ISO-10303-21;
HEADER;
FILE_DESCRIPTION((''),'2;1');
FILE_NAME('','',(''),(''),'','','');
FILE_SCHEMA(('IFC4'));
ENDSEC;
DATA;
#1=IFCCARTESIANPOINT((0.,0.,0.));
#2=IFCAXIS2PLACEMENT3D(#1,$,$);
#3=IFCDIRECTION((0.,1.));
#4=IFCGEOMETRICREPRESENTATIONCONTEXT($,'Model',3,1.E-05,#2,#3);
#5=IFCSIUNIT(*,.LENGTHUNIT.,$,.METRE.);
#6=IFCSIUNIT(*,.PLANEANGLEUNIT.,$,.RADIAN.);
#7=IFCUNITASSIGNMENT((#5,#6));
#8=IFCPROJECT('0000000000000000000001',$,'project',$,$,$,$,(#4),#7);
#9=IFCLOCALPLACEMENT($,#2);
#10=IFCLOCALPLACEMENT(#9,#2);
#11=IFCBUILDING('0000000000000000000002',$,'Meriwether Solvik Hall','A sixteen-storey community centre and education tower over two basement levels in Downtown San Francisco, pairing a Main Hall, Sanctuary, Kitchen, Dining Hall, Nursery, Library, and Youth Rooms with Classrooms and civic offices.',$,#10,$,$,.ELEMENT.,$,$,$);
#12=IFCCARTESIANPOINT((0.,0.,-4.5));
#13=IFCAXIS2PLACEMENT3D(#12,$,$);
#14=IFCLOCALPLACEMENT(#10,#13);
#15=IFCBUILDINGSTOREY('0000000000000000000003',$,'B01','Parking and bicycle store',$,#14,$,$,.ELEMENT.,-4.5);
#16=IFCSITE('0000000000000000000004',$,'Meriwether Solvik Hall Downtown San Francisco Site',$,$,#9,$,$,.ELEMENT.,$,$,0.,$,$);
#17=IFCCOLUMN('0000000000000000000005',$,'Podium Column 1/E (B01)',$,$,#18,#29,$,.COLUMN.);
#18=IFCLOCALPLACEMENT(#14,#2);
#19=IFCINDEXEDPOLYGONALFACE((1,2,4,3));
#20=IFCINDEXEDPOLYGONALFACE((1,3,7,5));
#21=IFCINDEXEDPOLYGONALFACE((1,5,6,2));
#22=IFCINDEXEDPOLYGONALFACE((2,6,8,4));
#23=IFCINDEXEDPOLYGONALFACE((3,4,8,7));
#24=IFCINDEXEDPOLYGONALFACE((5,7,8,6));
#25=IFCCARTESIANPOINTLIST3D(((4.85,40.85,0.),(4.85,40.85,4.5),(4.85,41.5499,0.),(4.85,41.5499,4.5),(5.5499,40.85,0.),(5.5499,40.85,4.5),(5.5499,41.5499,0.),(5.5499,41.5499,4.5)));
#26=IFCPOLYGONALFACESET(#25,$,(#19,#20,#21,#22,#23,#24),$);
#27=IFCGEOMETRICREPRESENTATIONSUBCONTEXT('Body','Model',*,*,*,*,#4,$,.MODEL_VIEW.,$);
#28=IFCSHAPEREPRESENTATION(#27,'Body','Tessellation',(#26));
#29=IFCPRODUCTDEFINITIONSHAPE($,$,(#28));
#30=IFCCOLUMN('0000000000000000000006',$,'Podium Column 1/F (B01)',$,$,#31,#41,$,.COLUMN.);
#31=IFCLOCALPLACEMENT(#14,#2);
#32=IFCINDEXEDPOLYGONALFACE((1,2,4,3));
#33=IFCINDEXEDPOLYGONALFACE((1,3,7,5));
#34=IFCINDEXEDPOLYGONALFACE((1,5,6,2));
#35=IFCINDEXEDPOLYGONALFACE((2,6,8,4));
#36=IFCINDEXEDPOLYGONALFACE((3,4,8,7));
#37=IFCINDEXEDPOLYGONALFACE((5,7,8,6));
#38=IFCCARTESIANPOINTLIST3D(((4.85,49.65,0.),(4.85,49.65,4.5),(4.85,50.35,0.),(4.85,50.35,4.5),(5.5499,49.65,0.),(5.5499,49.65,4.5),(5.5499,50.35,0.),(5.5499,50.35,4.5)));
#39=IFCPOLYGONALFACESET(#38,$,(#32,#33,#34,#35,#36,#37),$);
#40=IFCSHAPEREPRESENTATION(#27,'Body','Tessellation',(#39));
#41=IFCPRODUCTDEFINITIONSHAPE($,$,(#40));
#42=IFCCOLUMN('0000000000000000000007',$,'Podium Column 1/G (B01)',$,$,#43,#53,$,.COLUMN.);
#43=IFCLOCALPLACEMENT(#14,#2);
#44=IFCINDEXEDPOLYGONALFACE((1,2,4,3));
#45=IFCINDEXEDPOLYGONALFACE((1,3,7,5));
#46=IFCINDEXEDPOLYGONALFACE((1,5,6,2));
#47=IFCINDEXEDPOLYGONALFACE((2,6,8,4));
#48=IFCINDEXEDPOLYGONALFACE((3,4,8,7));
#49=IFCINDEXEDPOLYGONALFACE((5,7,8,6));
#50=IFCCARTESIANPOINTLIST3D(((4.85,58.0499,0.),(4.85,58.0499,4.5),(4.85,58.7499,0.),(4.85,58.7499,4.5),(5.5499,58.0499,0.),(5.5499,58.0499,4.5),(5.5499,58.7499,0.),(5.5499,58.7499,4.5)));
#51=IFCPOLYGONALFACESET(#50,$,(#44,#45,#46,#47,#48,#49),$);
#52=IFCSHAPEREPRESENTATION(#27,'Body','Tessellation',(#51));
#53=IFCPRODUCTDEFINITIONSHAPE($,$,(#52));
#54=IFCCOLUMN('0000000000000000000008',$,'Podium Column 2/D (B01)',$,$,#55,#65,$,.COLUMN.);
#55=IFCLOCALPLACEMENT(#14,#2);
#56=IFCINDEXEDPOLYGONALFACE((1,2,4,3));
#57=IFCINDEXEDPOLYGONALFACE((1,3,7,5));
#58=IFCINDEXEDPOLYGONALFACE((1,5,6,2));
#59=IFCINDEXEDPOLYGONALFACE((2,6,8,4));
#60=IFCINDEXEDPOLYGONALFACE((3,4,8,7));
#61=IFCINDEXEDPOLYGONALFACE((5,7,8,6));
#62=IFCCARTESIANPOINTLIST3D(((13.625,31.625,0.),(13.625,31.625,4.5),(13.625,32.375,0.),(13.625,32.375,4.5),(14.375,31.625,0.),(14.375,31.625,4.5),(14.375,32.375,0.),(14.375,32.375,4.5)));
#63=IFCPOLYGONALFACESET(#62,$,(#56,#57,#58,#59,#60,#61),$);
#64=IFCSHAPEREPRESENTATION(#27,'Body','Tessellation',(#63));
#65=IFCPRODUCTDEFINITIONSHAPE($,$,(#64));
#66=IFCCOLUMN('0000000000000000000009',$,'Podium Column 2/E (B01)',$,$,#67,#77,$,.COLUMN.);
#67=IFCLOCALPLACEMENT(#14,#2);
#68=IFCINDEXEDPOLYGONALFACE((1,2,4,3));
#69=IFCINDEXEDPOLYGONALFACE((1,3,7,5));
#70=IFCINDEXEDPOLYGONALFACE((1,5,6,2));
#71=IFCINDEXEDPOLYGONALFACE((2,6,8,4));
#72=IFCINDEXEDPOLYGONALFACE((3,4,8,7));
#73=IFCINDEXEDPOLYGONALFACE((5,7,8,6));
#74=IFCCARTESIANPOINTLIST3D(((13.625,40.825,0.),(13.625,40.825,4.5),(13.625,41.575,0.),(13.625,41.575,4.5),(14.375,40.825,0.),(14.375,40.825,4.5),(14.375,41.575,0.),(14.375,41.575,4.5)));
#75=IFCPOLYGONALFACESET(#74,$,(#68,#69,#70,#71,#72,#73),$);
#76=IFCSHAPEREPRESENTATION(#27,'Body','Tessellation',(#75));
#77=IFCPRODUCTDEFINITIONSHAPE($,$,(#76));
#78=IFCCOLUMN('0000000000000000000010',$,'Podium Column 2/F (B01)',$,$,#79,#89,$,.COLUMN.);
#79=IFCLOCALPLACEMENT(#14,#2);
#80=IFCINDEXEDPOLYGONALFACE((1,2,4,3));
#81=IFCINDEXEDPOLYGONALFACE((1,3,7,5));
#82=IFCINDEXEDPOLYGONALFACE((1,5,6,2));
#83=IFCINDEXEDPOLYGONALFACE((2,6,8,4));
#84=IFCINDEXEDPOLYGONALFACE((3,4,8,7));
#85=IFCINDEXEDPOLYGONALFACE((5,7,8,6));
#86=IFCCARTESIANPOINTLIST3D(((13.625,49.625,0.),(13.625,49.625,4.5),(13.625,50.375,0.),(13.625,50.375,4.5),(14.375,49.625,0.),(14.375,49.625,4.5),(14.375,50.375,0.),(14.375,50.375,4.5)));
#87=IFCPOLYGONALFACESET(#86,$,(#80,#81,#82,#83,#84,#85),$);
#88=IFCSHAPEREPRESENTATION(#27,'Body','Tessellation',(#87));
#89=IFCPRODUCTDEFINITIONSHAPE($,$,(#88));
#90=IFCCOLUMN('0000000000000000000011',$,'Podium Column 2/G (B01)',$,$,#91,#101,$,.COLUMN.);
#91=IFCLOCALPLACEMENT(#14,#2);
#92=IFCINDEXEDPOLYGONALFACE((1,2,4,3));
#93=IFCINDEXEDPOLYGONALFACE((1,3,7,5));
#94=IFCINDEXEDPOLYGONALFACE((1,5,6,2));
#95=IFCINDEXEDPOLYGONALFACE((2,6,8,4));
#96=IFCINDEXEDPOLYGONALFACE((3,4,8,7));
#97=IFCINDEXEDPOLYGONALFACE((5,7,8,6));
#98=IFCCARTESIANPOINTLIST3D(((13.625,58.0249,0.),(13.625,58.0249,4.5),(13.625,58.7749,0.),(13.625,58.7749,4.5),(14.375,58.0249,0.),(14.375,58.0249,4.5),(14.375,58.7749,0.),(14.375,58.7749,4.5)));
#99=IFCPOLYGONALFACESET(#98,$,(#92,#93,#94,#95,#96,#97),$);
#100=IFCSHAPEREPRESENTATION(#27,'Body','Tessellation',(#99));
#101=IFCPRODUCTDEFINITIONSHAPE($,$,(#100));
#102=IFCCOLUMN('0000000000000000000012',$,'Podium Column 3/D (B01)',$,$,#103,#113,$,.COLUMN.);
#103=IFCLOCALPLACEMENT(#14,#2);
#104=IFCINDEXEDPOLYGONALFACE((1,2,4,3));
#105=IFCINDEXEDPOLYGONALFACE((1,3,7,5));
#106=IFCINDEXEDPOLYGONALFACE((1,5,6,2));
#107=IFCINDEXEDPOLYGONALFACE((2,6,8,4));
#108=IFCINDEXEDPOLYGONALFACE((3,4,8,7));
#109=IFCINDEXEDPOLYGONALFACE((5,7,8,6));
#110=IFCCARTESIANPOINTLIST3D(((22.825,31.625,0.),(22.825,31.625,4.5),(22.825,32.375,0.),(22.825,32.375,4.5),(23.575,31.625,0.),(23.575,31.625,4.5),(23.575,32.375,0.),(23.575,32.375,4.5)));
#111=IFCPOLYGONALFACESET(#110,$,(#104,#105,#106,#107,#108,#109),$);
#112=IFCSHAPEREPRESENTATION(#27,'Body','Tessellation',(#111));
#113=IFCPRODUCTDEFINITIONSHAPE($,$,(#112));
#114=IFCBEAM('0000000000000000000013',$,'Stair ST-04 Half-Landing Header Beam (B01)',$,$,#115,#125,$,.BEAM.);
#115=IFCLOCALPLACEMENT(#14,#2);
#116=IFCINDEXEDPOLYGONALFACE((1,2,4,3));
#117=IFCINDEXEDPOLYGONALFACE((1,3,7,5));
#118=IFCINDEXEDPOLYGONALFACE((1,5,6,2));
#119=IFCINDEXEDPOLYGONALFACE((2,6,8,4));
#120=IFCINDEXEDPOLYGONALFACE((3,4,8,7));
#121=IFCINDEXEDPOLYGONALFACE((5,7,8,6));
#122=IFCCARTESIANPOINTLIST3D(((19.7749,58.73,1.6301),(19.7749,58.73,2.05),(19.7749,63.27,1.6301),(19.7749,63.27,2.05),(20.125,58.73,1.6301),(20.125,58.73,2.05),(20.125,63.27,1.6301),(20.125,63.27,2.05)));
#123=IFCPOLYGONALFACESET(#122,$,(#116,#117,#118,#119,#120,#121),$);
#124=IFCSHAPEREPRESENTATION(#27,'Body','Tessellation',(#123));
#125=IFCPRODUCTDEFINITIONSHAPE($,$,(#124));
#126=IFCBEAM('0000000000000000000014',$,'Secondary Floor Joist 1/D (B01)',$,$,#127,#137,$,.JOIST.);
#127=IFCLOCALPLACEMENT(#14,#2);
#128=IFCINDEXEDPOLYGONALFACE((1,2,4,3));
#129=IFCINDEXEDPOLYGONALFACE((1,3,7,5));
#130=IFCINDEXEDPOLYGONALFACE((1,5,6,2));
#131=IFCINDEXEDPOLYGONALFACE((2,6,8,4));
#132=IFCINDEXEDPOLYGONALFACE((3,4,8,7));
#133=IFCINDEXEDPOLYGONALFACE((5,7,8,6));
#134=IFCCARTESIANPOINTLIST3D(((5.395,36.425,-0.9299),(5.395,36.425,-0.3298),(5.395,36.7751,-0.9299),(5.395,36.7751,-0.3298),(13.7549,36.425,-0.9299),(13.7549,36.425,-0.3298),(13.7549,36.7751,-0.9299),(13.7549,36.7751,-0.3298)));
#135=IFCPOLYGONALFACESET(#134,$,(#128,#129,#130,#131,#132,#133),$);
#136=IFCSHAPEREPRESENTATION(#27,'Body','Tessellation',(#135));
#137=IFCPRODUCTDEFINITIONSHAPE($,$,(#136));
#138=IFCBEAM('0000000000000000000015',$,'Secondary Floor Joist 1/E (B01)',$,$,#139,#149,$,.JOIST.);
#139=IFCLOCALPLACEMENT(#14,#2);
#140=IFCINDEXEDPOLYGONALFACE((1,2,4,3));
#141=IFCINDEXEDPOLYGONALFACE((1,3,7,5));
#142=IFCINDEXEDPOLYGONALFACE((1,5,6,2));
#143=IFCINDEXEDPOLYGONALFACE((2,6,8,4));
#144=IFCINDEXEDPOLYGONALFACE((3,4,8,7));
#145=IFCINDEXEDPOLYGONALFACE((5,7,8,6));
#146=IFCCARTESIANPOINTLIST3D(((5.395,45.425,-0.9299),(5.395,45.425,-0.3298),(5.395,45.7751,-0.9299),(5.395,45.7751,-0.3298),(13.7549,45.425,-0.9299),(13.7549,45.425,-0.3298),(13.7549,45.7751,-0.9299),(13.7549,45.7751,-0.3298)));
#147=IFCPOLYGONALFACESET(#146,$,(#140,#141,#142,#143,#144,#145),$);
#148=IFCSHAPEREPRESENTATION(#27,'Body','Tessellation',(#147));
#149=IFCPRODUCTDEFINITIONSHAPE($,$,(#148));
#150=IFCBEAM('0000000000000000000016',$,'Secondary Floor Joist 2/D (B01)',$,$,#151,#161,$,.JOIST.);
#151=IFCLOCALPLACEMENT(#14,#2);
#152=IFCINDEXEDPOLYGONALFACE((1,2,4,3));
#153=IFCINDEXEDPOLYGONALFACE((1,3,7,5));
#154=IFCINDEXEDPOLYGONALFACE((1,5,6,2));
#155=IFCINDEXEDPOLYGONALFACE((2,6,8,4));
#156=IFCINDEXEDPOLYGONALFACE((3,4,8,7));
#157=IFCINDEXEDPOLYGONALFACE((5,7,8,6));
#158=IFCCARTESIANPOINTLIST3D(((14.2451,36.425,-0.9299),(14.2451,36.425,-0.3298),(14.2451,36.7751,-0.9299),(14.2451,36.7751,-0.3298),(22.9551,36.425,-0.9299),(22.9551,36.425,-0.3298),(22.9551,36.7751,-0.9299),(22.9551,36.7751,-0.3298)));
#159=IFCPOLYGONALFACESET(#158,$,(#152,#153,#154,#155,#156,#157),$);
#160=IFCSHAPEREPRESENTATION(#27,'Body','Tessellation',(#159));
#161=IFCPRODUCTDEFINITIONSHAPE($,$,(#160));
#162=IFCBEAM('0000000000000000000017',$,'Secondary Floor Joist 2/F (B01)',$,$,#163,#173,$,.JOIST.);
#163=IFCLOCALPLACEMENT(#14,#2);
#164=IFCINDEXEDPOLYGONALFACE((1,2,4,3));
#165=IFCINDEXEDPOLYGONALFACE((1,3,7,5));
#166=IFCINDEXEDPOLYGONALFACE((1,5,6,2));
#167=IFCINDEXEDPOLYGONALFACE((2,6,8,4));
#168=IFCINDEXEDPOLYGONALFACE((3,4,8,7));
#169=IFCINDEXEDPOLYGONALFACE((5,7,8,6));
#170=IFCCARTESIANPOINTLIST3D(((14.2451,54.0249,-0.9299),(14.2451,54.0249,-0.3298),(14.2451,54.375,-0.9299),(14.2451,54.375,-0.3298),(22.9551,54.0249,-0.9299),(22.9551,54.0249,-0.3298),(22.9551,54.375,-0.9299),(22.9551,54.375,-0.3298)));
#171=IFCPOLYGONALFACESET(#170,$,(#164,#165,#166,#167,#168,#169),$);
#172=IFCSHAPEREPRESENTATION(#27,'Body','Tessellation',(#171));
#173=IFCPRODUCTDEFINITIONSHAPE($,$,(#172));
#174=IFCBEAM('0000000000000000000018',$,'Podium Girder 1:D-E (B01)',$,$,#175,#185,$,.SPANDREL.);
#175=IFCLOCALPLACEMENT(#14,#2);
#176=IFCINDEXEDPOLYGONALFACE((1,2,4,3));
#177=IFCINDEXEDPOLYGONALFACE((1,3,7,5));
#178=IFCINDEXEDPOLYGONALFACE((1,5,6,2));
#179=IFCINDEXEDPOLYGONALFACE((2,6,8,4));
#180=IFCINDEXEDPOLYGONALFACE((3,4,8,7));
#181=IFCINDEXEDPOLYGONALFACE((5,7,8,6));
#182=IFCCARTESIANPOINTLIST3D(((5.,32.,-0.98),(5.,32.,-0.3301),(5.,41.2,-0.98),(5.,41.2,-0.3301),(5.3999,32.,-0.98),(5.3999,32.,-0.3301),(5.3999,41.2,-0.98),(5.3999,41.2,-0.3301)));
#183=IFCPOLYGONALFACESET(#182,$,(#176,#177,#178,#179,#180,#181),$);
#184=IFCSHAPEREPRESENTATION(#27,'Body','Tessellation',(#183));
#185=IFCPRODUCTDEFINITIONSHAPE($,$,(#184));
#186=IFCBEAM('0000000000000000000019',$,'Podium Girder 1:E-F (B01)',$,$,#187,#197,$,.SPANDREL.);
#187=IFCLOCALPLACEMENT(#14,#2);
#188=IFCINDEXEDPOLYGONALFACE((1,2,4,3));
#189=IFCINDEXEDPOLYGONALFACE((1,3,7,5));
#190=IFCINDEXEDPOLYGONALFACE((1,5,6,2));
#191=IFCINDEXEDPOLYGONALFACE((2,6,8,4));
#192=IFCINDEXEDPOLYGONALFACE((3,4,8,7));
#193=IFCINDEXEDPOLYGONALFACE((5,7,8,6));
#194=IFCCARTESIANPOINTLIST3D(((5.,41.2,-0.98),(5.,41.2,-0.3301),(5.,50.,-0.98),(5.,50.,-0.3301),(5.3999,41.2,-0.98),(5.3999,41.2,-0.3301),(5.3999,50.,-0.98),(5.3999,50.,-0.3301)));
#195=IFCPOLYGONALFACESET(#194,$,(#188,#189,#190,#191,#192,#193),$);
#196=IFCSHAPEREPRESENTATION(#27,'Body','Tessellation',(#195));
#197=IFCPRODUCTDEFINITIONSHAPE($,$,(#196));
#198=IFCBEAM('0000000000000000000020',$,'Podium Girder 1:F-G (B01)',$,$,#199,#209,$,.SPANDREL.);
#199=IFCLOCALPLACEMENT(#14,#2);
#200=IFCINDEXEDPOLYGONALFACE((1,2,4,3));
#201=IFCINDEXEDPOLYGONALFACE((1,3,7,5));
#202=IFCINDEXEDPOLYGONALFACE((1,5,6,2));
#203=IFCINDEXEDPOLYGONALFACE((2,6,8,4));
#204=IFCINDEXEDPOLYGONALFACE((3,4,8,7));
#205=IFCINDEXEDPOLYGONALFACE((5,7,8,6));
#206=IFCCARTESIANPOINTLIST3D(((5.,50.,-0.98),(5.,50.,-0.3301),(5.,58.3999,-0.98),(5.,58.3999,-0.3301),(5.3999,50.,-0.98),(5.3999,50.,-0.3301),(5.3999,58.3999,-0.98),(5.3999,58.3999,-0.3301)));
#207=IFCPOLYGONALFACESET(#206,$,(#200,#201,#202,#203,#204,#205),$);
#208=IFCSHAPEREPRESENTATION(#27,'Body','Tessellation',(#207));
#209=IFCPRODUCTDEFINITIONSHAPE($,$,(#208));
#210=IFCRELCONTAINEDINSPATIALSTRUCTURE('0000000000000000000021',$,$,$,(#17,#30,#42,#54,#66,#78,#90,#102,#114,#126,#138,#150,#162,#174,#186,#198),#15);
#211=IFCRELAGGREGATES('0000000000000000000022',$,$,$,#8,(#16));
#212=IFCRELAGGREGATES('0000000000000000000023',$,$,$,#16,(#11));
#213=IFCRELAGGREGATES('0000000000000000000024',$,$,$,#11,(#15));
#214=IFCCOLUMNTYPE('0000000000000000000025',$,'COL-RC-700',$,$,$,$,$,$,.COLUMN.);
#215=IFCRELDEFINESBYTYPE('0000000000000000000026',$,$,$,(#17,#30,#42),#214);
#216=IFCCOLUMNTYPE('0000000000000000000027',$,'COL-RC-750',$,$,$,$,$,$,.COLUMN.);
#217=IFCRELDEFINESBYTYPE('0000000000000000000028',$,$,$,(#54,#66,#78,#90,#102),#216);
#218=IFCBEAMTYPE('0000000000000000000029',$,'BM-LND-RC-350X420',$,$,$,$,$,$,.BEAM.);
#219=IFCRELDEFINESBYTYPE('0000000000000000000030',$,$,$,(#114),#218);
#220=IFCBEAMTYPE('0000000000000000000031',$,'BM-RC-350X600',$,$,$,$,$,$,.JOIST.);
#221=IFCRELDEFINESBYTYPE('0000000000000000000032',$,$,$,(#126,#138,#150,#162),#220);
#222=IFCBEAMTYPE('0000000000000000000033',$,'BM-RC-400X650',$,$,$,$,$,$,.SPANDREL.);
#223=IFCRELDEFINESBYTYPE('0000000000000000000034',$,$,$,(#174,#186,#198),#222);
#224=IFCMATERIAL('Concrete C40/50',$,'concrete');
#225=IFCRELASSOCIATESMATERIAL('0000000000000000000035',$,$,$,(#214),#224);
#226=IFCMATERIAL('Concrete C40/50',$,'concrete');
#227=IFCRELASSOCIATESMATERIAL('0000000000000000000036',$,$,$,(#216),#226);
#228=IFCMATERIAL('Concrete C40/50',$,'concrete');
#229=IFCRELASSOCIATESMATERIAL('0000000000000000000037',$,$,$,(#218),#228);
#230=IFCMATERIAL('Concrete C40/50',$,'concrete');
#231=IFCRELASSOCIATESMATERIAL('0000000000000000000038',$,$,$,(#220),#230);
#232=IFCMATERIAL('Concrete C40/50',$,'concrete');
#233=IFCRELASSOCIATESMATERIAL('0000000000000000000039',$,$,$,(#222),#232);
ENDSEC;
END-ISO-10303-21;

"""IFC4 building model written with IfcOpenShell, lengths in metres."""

from ifc_helpers import new_model, si_unit, direction, frame, origin, origin_2d, place, context, subcontext, project, spatial, rectangle, extrude, material, material_profile, profile_set, type_object, element, save


model = new_model("IFC4")

# Units and contexts
model_context = context("Model", 3, precision=1e-05, world=origin(), true_north=direction((0.0, 1.0)))
body_context = subcontext(model_context, "Body", "Model", "MODEL_VIEW")
ifc_project = project(units=[si_unit("LENGTHUNIT", "METRE"), si_unit("PLANEANGLEUNIT", "RADIAN")], contexts=[model_context])

# Site, building, storey
site_placement = place(None, origin())
site = spatial("IfcSite", under=ifc_project, at=site_placement, Name="Meriwether Solvik Hall Downtown San Francisco Site", CompositionType="ELEMENT", RefElevation=0.0)
building_placement = place(site_placement, origin())
building = spatial("IfcBuilding", under=site, at=building_placement, Name="Meriwether Solvik Hall", Description="A sixteen-storey community centre and education tower over two basement levels in Downtown San Francisco, pairing a Main Hall, Sanctuary, Kitchen, Dining Hall, Nursery, Library, and Youth Rooms with Classrooms and civic offices.", CompositionType="ELEMENT")
storey_placement = place(building_placement, frame((0.0, 0.0, -4.5)))
storey = spatial("IfcBuildingStorey", under=building, at=storey_placement, Name="B01", Description="Parking and bicycle store", CompositionType="ELEMENT", Elevation=-4.5)

# Columns
ifc_material_1 = material(Name="Concrete C40/50", Category="concrete")
ifc_material_profile_1 = material_profile(ifc_material_1, rectangle(XDim=0.7, YDim=0.7, at=origin_2d()), Name="RCC-700X700")
ifc_profile_set_1 = profile_set([ifc_material_profile_1], Name="Concrete C40/50")
column_type_1 = type_object("IfcColumnType", Name="COL-RC-700", PredefinedType="COLUMN", material=ifc_profile_set_1)
for number, where, z_axis, x_axis, name in (
    (1, (5.2, 41.2, 0.0), (0.0, 0.0, 1.0), (1.0, 0.0, 0.0), "Podium Column 1/E (B01)"),
    (2, (5.2, 50.0, 0.0), (0.0, 0.0, 1.0), (1.0, 0.0, 0.0), "Podium Column 1/F (B01)"),
    (3, (5.2, 58.3999, 0.0), (0.0, 0.0, 1.0), (1.0, 0.0, 0.0), "Podium Column 1/G (B01)"),
):
    element("IfcColumn", number, at=place(storey_placement, frame(where, z_axis=z_axis, x_axis=x_axis)), inside=storey, type_object=column_type_1, Name=name, PredefinedType="COLUMN", context=body_context, shape_type="SweptSolid", body=[
        extrude(rectangle(XDim=0.7, YDim=0.7, at=origin_2d()), origin(), (0.0, 0.0, 1.0), 4.5),
    ])
ifc_material_2 = material(Name="Concrete C40/50", Category="concrete")
ifc_material_profile_2 = material_profile(ifc_material_2, rectangle(XDim=0.75, YDim=0.75, at=origin_2d()), Name="RCC-750X750")
ifc_profile_set_2 = profile_set([ifc_material_profile_2], Name="Concrete C40/50")
column_type_2 = type_object("IfcColumnType", Name="COL-RC-750", PredefinedType="COLUMN", material=ifc_profile_set_2)
for number, where, z_axis, x_axis, name in (
    (4, (14.0, 32.0, 0.0), (0.0, 0.0, 1.0), (1.0, 0.0, 0.0), "Podium Column 2/D (B01)"),
    (5, (14.0, 41.2, 0.0), (0.0, 0.0, 1.0), (1.0, 0.0, 0.0), "Podium Column 2/E (B01)"),
    (6, (14.0, 50.0, 0.0), (0.0, 0.0, 1.0), (1.0, 0.0, 0.0), "Podium Column 2/F (B01)"),
    (7, (14.0, 58.3999, 0.0), (0.0, 0.0, 1.0), (1.0, 0.0, 0.0), "Podium Column 2/G (B01)"),
    (8, (23.2, 32.0, 0.0), (0.0, 0.0, 1.0), (1.0, 0.0, 0.0), "Podium Column 3/D (B01)"),
):
    element("IfcColumn", number, at=place(storey_placement, frame(where, z_axis=z_axis, x_axis=x_axis)), inside=storey, type_object=column_type_2, Name=name, PredefinedType="COLUMN", context=body_context, shape_type="SweptSolid", body=[
        extrude(rectangle(XDim=0.75, YDim=0.75, at=origin_2d()), origin(), (0.0, 0.0, 1.0), 4.5),
    ])

# Beams
ifc_material_3 = material(Name="Concrete C40/50", Category="concrete")
ifc_material_profile_3 = material_profile(ifc_material_3, rectangle(XDim=0.3501, YDim=0.4199, at=origin_2d()), Name="RCB-350X420")
ifc_profile_set_3 = profile_set([ifc_material_profile_3], Name="Concrete C40/50")
beam_type_1 = type_object("IfcBeamType", Name="BM-LND-RC-350X420", PredefinedType="BEAM", material=ifc_profile_set_3)
beam_1_placement = place(storey_placement, frame((19.95, 58.73, 1.8401), z_axis=(0.0, 1.0, 0.0), x_axis=(-1.0, 0.0, 0.0)))
element("IfcBeam", 9, at=beam_1_placement, inside=storey, type_object=beam_type_1, Name="Stair ST-04 Half-Landing Header Beam (B01)", PredefinedType="BEAM", context=body_context, shape_type="SweptSolid", body=[
    extrude(rectangle(XDim=0.3501, YDim=0.4199, at=origin_2d()), origin(), (0.0, 0.0, 1.0), 4.54),
])
ifc_material_4 = material(Name="Concrete C40/50", Category="concrete")
ifc_material_profile_4 = material_profile(ifc_material_4, rectangle(XDim=0.3501, YDim=0.6001, at=origin_2d()), Name="RCB-350X600")
ifc_profile_set_4 = profile_set([ifc_material_profile_4], Name="Concrete C40/50")
beam_type_2 = type_object("IfcBeamType", Name="BM-RC-350X600", PredefinedType="JOIST", material=ifc_profile_set_4)
for number, where, z_axis, x_axis, name in (
    (10, (5.395, 36.6001, -0.6299), (1.0, 0.0, 0.0), (0.0, 1.0, 0.0), "Secondary Floor Joist 1/D (B01)"),
    (11, (5.395, 45.6001, -0.6299), (1.0, 0.0, 0.0), (0.0, 1.0, 0.0), "Secondary Floor Joist 1/E (B01)"),
):
    element("IfcBeam", number, at=place(storey_placement, frame(where, z_axis=z_axis, x_axis=x_axis)), inside=storey, type_object=beam_type_2, Name=name, PredefinedType="JOIST", context=body_context, shape_type="SweptSolid", body=[
        extrude(rectangle(XDim=0.3501, YDim=0.6001, at=origin_2d()), origin(), (0.0, 0.0, 1.0), 8.3599),
    ])
for number, where, z_axis, x_axis, name in (
    (12, (14.2451, 36.6001, -0.6299), (1.0, 0.0, 0.0), (0.0, 1.0, 0.0), "Secondary Floor Joist 2/D (B01)"),
    (13, (14.2451, 54.2, -0.6299), (1.0, 0.0, 0.0), (0.0, 1.0, 0.0), "Secondary Floor Joist 2/F (B01)"),
):
    element("IfcBeam", number, at=place(storey_placement, frame(where, z_axis=z_axis, x_axis=x_axis)), inside=storey, type_object=beam_type_2, Name=name, PredefinedType="JOIST", context=body_context, shape_type="SweptSolid", body=[
        extrude(rectangle(XDim=0.3501, YDim=0.6001, at=origin_2d()), origin(), (0.0, 0.0, 1.0), 8.71),
    ])
ifc_material_5 = material(Name="Concrete C40/50", Category="concrete")
ifc_material_profile_5 = material_profile(ifc_material_5, rectangle(XDim=0.3999, YDim=0.6499, at=origin_2d()), Name="RCB-400X650")
ifc_profile_set_5 = profile_set([ifc_material_profile_5], Name="Concrete C40/50")
beam_type_3 = type_object("IfcBeamType", Name="BM-RC-400X650", PredefinedType="SPANDREL", material=ifc_profile_set_5)
beam_2_placement = place(storey_placement, frame((5.2, 32.0, -0.655), z_axis=(0.0, 1.0, 0.0), x_axis=(-1.0, 0.0, 0.0)))
element("IfcBeam", 14, at=beam_2_placement, inside=storey, type_object=beam_type_3, Name="Podium Girder 1:D-E (B01)", PredefinedType="SPANDREL", context=body_context, shape_type="SweptSolid", body=[
    extrude(rectangle(XDim=0.3999, YDim=0.6499, at=origin_2d()), origin(), (0.0, 0.0, 1.0), 9.2),
])
beam_3_placement = place(storey_placement, frame((5.2, 41.2, -0.655), z_axis=(0.0, 1.0, 0.0), x_axis=(-1.0, 0.0, 0.0)))
element("IfcBeam", 15, at=beam_3_placement, inside=storey, type_object=beam_type_3, Name="Podium Girder 1:E-F (B01)", PredefinedType="SPANDREL", context=body_context, shape_type="SweptSolid", body=[
    extrude(rectangle(XDim=0.3999, YDim=0.6499, at=origin_2d()), origin(), (0.0, 0.0, 1.0), 8.8),
])
beam_4_placement = place(storey_placement, frame((5.2, 50.0, -0.655), z_axis=(0.0, 1.0, 0.0), x_axis=(-1.0, 0.0, 0.0)))
element("IfcBeam", 16, at=beam_4_placement, inside=storey, type_object=beam_type_3, Name="Podium Girder 1:F-G (B01)", PredefinedType="SPANDREL", context=body_context, shape_type="SweptSolid", body=[
    extrude(rectangle(XDim=0.3999, YDim=0.6499, at=origin_2d()), origin(), (0.0, 0.0, 1.0), 8.3999),
])

save(model, "model.ifc")
